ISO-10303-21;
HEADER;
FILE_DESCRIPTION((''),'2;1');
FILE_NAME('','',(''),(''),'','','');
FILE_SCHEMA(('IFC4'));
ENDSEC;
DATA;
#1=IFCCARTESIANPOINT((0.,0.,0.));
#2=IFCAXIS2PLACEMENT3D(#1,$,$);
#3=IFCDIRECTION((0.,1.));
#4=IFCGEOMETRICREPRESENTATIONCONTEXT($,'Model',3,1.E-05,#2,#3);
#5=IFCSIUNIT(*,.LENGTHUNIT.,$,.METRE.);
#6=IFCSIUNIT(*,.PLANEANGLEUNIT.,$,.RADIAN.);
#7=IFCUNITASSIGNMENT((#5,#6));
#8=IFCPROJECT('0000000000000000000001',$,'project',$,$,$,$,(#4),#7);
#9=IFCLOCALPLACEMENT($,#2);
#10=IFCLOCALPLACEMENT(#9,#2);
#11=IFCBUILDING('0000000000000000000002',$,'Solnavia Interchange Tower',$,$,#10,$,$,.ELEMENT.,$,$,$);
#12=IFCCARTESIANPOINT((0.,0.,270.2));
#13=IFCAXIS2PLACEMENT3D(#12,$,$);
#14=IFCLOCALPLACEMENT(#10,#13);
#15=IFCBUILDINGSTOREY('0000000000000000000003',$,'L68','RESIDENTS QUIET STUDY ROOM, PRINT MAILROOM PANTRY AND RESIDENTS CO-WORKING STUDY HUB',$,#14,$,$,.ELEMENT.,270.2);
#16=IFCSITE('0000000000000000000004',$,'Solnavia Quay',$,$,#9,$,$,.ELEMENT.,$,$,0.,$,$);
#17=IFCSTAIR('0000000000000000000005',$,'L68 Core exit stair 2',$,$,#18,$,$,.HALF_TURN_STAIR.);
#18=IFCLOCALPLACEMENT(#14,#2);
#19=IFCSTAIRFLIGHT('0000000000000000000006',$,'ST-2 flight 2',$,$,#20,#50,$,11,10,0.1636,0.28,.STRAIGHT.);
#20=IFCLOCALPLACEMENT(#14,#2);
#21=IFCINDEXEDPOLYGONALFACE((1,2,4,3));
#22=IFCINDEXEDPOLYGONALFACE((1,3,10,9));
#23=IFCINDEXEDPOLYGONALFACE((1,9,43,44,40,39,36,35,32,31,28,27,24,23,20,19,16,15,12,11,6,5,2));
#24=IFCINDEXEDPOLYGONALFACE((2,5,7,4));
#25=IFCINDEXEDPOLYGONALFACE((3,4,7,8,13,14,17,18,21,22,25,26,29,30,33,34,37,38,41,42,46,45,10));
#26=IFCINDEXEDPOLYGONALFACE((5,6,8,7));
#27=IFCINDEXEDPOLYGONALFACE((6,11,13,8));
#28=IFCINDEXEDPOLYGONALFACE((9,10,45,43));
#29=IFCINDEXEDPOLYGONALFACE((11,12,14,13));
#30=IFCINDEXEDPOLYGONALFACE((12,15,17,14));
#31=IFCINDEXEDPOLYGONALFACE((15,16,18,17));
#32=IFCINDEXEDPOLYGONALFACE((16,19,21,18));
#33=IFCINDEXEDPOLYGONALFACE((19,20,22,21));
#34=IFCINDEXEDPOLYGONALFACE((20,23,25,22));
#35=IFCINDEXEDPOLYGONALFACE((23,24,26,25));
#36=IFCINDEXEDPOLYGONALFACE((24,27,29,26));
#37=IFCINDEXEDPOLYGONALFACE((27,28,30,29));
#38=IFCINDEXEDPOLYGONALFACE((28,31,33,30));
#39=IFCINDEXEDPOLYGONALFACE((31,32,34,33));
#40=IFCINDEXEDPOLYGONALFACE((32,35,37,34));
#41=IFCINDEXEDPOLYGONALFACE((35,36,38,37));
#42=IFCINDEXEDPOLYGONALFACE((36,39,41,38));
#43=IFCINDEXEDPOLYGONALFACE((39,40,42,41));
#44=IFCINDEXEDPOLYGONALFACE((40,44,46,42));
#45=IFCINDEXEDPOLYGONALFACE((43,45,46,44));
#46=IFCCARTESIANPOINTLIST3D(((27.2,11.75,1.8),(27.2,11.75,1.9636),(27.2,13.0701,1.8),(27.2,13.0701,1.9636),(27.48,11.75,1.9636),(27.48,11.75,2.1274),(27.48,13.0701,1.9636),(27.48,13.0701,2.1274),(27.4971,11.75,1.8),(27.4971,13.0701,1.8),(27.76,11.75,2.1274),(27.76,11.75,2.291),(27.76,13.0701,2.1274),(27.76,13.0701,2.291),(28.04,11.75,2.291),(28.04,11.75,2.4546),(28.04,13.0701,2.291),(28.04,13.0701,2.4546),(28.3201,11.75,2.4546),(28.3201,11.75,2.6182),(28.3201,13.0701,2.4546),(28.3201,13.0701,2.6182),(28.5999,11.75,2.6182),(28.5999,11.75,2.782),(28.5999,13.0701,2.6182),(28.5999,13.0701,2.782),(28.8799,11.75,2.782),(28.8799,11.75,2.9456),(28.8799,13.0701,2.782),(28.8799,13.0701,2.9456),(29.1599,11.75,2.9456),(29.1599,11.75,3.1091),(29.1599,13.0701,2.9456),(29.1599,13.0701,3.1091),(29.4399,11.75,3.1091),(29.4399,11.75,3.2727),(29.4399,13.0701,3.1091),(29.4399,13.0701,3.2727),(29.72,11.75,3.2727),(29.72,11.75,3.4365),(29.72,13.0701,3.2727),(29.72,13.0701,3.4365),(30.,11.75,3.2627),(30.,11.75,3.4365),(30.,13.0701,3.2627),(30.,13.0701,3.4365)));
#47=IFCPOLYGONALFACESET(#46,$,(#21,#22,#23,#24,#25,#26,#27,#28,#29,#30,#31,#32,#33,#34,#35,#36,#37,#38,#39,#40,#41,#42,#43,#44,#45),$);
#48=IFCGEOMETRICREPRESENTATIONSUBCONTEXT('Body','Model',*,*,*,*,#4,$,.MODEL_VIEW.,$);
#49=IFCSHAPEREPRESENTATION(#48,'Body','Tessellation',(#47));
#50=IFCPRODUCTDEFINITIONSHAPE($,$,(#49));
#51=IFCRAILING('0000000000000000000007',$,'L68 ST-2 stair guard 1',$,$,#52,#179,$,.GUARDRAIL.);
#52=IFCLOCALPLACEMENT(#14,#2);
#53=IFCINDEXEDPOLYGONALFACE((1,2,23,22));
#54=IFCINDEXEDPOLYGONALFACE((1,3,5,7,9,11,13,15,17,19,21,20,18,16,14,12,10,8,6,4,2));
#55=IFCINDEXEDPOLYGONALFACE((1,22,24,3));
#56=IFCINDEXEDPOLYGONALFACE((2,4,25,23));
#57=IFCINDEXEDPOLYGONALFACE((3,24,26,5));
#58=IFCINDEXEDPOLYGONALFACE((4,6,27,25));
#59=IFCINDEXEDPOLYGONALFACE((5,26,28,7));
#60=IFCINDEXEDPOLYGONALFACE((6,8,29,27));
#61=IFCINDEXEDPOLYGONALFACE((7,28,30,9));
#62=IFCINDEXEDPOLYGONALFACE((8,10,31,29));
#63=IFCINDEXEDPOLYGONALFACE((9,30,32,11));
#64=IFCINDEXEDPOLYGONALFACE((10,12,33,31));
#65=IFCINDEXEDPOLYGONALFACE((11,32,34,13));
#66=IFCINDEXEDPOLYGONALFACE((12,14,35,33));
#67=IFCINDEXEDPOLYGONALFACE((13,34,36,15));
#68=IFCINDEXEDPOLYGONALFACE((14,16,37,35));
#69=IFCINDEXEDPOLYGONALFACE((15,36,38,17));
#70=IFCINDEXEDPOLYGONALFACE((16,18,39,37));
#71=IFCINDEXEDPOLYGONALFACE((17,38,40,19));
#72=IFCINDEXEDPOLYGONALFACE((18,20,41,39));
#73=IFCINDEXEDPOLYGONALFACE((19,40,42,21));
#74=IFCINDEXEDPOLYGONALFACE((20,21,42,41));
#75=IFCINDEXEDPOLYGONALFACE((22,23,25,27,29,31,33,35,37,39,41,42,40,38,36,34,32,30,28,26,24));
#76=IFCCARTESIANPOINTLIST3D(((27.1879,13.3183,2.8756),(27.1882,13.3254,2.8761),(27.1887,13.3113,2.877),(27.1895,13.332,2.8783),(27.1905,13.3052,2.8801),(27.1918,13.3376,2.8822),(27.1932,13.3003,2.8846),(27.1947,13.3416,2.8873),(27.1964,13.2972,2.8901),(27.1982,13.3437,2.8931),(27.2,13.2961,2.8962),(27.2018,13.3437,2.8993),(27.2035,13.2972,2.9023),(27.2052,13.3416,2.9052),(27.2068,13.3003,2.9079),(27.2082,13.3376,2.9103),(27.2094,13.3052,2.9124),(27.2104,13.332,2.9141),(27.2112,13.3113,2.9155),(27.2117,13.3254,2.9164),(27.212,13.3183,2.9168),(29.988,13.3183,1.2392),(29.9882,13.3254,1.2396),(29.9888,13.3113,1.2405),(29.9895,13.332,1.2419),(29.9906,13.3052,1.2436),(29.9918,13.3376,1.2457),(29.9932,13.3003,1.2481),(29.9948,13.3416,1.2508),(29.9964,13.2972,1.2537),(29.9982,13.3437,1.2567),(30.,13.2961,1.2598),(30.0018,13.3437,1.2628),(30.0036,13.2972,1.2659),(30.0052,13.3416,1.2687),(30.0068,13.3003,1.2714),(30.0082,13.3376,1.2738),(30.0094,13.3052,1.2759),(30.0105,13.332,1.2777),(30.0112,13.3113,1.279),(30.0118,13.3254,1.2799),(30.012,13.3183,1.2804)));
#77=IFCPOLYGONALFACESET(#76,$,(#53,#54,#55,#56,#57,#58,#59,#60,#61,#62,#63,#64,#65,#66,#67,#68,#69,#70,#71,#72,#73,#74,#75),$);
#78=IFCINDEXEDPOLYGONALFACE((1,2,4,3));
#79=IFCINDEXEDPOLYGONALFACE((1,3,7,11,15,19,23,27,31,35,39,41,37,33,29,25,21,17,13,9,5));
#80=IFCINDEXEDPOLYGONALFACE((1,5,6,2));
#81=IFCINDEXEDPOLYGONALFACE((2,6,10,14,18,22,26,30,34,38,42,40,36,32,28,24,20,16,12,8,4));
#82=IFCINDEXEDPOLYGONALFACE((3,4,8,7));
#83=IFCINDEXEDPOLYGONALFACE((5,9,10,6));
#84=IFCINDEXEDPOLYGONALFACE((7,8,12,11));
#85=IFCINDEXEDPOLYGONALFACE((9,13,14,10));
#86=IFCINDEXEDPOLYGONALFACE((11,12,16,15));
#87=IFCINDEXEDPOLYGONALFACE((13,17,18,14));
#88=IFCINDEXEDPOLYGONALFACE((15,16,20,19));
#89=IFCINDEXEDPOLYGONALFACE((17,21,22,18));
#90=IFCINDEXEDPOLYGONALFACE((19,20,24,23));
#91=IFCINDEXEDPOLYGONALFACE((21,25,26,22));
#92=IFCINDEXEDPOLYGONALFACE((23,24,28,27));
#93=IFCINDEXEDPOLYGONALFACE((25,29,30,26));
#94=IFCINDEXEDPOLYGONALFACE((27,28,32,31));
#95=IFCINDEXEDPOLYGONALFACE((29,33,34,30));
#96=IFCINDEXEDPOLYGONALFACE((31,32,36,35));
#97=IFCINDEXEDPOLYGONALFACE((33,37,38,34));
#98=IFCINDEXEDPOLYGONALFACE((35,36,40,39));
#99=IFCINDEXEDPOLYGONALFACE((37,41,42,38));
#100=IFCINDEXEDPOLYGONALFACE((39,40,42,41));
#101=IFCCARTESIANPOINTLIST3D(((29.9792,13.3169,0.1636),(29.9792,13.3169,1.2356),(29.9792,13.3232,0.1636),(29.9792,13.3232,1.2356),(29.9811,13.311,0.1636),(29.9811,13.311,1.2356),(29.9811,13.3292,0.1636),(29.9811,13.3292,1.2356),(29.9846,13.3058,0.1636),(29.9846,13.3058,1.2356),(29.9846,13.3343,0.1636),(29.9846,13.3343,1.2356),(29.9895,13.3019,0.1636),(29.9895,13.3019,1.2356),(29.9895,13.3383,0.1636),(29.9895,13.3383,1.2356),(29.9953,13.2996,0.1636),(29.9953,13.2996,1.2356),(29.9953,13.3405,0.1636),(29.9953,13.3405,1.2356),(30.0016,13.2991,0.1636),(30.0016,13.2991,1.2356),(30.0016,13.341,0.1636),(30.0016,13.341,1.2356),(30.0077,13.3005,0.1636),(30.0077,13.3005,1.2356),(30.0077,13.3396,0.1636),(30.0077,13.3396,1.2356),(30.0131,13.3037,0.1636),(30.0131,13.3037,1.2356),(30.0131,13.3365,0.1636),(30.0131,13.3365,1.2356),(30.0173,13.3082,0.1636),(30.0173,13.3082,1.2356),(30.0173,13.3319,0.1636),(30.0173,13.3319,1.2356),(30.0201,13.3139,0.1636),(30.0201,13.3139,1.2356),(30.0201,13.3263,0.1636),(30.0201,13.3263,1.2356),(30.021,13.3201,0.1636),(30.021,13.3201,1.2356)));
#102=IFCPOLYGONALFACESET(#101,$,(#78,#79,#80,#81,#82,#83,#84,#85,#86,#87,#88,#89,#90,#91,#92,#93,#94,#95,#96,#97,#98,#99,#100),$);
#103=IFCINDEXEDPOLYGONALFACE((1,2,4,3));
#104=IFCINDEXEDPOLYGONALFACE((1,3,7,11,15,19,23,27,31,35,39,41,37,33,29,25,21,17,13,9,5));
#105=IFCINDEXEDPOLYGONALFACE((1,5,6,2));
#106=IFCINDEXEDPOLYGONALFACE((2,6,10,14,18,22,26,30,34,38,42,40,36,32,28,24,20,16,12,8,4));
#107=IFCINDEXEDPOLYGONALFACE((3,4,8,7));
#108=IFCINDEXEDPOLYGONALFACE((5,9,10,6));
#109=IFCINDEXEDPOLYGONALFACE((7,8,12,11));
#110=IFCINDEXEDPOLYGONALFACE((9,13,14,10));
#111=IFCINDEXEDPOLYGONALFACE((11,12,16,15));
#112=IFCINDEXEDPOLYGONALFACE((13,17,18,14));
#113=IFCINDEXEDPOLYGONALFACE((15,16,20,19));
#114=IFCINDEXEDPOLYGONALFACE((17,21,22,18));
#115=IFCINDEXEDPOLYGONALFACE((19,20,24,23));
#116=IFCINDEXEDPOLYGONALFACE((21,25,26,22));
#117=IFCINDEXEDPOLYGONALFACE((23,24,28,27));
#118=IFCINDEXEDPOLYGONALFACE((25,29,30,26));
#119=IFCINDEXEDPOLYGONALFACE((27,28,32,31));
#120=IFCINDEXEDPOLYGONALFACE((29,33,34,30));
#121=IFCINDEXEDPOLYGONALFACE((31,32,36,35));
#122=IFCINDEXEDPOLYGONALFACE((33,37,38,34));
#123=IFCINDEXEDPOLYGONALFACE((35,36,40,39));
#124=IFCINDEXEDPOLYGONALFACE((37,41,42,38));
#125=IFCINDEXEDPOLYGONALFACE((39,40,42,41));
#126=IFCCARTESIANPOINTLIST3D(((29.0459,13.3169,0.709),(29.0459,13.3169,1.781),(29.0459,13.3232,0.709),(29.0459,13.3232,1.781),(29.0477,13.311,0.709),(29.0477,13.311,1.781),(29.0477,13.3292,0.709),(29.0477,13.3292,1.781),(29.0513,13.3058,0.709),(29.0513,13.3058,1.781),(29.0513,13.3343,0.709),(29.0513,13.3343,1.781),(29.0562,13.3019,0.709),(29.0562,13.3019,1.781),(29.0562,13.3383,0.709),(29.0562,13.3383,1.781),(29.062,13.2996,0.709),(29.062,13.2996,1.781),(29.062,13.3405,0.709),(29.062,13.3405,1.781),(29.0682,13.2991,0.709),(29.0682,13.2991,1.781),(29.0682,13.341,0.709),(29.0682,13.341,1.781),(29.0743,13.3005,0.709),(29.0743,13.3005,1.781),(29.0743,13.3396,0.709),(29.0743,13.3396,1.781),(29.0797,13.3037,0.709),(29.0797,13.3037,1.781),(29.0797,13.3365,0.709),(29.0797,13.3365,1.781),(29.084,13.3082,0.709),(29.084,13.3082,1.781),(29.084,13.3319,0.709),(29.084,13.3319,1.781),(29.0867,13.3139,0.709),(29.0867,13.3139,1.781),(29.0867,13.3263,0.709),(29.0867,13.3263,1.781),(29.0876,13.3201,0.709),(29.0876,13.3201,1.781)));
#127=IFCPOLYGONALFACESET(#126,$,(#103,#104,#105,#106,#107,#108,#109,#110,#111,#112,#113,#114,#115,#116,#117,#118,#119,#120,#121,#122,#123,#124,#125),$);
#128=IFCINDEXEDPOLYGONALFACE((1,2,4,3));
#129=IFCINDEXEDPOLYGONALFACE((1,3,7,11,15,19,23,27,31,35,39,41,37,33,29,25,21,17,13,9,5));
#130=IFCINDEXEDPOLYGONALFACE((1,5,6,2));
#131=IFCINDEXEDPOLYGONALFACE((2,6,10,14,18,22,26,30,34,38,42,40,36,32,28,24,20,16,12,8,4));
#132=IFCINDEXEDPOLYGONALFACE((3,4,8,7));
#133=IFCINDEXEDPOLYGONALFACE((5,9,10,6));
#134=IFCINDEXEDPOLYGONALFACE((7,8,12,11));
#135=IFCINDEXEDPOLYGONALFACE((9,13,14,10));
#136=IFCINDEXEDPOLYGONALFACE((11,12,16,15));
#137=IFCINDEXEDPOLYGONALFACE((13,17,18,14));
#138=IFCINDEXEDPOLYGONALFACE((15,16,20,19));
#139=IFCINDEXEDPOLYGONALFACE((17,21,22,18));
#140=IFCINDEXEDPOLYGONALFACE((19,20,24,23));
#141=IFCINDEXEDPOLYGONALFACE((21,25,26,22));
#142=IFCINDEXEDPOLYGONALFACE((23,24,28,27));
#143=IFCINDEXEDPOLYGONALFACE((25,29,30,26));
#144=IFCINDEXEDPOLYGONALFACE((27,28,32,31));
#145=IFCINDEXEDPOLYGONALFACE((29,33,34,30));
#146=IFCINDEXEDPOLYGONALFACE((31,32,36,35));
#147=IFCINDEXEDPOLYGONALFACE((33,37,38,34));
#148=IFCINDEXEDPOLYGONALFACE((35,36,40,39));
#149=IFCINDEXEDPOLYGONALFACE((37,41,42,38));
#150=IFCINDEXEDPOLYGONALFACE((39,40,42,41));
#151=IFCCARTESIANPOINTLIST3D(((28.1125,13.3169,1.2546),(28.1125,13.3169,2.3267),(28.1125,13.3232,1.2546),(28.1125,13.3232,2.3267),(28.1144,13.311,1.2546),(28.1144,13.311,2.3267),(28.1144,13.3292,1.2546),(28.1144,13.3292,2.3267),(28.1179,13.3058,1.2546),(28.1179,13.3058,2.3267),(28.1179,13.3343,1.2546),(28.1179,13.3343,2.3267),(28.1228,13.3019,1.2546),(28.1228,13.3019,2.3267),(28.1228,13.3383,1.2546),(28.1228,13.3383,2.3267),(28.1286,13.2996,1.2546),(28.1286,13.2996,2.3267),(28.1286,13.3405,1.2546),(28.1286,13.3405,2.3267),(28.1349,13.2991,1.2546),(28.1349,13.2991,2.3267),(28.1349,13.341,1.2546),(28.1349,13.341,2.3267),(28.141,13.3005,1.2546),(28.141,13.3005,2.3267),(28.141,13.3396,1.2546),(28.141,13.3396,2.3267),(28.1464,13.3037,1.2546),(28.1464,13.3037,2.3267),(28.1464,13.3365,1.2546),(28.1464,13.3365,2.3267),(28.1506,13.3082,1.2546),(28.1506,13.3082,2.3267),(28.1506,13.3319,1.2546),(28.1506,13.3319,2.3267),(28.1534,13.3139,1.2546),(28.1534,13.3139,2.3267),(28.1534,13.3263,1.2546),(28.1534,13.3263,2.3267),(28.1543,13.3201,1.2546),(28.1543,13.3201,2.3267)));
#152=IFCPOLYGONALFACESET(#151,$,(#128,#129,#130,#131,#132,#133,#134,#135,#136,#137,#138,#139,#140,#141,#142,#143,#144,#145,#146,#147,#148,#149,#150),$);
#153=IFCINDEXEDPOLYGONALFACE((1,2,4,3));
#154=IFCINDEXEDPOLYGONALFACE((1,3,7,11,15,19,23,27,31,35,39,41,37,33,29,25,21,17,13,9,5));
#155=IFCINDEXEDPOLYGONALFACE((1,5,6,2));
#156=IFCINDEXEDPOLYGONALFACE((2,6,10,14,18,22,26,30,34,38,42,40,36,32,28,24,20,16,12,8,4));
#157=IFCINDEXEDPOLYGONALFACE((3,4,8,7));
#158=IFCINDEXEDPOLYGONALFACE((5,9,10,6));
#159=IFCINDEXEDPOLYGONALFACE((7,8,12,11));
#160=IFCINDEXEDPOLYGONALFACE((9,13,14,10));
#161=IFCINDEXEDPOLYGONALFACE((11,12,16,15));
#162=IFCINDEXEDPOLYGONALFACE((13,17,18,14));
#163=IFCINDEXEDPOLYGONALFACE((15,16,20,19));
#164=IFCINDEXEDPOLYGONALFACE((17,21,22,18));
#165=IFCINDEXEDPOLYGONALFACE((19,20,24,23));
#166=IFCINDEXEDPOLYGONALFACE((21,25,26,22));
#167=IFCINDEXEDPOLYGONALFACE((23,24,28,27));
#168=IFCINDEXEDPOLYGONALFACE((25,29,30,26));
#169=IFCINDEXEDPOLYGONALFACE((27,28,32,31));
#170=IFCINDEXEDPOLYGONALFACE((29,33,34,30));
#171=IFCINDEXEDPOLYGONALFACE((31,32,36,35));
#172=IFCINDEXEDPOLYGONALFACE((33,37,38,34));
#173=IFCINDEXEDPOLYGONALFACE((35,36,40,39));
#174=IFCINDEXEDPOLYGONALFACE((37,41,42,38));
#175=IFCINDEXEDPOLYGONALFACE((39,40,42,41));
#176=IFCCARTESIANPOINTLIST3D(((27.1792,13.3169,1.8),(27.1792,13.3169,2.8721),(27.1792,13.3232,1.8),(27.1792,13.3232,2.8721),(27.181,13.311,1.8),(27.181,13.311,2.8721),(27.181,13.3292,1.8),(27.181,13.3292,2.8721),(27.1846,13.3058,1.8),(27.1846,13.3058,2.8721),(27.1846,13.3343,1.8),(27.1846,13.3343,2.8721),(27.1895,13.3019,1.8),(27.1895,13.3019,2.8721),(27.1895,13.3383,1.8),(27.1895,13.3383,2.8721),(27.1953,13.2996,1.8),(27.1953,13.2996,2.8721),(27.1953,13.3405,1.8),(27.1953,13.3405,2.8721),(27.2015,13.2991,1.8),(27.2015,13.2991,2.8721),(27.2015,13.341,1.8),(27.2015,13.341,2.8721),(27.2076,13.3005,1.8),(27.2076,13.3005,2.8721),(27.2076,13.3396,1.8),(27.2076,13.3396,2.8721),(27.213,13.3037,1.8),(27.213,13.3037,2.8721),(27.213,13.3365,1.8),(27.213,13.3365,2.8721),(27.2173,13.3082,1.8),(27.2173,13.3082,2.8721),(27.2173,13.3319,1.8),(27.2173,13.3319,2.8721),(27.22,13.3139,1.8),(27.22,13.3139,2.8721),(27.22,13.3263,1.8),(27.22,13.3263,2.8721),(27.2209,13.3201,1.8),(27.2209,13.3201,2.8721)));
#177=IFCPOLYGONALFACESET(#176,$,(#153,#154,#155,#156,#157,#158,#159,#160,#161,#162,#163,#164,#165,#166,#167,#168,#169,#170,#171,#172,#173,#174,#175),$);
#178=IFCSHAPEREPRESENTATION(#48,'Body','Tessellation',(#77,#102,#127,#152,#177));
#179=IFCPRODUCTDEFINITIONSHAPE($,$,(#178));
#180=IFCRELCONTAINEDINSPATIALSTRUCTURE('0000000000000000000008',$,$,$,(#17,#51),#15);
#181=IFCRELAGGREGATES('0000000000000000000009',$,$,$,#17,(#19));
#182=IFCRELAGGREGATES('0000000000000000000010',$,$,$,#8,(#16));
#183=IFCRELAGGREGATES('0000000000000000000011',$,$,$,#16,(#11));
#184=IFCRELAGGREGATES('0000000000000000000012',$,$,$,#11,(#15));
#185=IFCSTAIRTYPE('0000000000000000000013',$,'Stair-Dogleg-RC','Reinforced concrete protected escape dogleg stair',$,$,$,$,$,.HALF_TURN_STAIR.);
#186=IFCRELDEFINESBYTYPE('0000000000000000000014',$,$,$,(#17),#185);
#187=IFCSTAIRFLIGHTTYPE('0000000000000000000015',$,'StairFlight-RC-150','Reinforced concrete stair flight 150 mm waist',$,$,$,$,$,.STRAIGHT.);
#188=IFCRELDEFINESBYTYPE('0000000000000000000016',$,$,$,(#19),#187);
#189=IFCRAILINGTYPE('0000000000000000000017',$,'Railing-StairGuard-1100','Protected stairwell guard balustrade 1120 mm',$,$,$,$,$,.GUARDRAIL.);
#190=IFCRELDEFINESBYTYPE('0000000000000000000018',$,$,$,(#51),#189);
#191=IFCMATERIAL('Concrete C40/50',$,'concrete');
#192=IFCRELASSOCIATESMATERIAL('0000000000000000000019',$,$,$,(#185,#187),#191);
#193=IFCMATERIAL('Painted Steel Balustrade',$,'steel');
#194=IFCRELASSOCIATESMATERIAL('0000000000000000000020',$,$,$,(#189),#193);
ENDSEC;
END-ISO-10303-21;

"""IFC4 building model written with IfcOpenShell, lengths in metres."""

from ifc_helpers import new_model, si_unit, direction, frame, origin, origin_2d, place, context, subcontext, project, spatial, polyline, circle, outline, extrude, material, type_object, element, aggregate, save


model = new_model("IFC4")

# Units and contexts
model_context = context("Model", 3, precision=1e-05, world=origin(), true_north=direction((0.0, 1.0)))
body_context = subcontext(model_context, "Body", "Model", "MODEL_VIEW")
ifc_project = project(units=[si_unit("LENGTHUNIT", "METRE"), si_unit("PLANEANGLEUNIT", "RADIAN")], contexts=[model_context])

# Site, building, storey
site_placement = place(None, origin())
site = spatial("IfcSite", under=ifc_project, at=site_placement, Name="Solnavia Quay", CompositionType="ELEMENT", RefElevation=0.0)
building_placement = place(site_placement, origin())
building = spatial("IfcBuilding", under=site, at=building_placement, Name="Solnavia Interchange Tower", CompositionType="ELEMENT")
storey_placement = place(building_placement, frame((0.0, 0.0, 270.2)))
storey = spatial("IfcBuildingStorey", under=building, at=storey_placement, Name="L68", Description="RESIDENTS QUIET STUDY ROOM, PRINT MAILROOM PANTRY AND RESIDENTS CO-WORKING STUDY HUB", CompositionType="ELEMENT", Elevation=270.2)

# Shared definitions
ifc_material_1 = material(Name="Concrete C40/50", Category="concrete")

# Stair, stair flight
stair_type = type_object("IfcStairType", Name="Stair-Dogleg-RC", Description="Reinforced concrete protected escape dogleg stair", PredefinedType="HALF_TURN_STAIR", material=ifc_material_1)
stair_placement = place(storey_placement, origin())
stair = element("IfcStair", 1, at=stair_placement, inside=storey, type_object=stair_type, Name="L68 Core exit stair 2", PredefinedType="HALF_TURN_STAIR")
stair_flight_type = type_object("IfcStairFlightType", Name="StairFlight-RC-150", Description="Reinforced concrete stair flight 150 mm waist", PredefinedType="STRAIGHT", material=ifc_material_1)
stair_flight_1_placement = place(storey_placement, frame((27.2, 12.4099, 1.8), z_axis=(0.0, 0.0, 1.0), x_axis=(1.0, 0.0, 0.0)))
stair_flight_1 = element("IfcStairFlight", 2, at=stair_flight_1_placement, type_object=stair_flight_type, Name="ST-2 flight 2", NumberOfRisers=11, NumberOfTreads=10, PredefinedType="STRAIGHT", RiserHeight=0.1636, TreadLength=0.28, context=body_context, shape_type="SweptSolid", body=[
    extrude(outline(polyline([(0.0, 0.0), (0.0, 0.1636), (0.28, 0.1636), (0.28, 0.3274), (0.5601, 0.3274), (0.5601, 0.491), (0.8401, 0.491), (0.8401, 0.6545), (1.1201, 0.6545), (1.1201, 0.8181), (1.3999, 0.8181), (1.3999, 0.9819), (1.6799, 0.9819), (1.6799, 1.1455), (1.96, 1.1455), (1.96, 1.3091), (2.24, 1.3091), (2.24, 1.4727), (2.52, 1.4727), (2.52, 1.6365), (2.8, 1.6365), (2.8, 1.8), (2.8, 1.4626), (0.2971, 0.0), (0.0, 0.0)])), frame((0.0, 0.6602, 0.0), z_axis=(0.0, -1.0, 0.0), x_axis=(1.0, 0.0, 0.0)), (0.0, 0.0, 1.0), 1.3201),
])
aggregate(stair, [stair_flight_1])

# Railing
ifc_material_2 = material(Name="Painted Steel Balustrade", Category="steel")
railing_type_1 = type_object("IfcRailingType", Name="Railing-StairGuard-1100", Description="Protected stairwell guard balustrade 1120 mm", PredefinedType="GUARDRAIL", material=ifc_material_2)
railing_1_placement = place(storey_placement, frame((30.0, 13.3201, 0.1636)))
element("IfcRailing", 3, at=railing_1_placement, inside=storey, type_object=railing_type_1, Name="L68 ST-2 stair guard 1", PredefinedType="GUARDRAIL", context=body_context, shape_type="SweptSolid", body=[
    extrude(circle(Radius=0.0239, at=origin_2d()), frame((0.0, 0.0, 1.0962), z_axis=(-0.863361, 0.0, 0.504587), x_axis=(0.0, -1.0, 0.0)), (0.0, 0.0, 1.0), 3.2432),
    extrude(circle(Radius=0.021, at=origin_2d()), origin(), (0.0, 0.0, 1.0), 1.072),
    extrude(circle(Radius=0.021, at=origin_2d()), frame((-0.9333, 0.0, 0.5454)), (0.0, 0.0, 1.0), 1.072),
    extrude(circle(Radius=0.021, at=origin_2d()), frame((-1.8667, 0.0, 1.0911)), (0.0, 0.0, 1.0), 1.072),
    extrude(circle(Radius=0.021, at=origin_2d()), frame((-2.8, 0.0, 1.6365)), (0.0, 0.0, 1.0), 1.072),
])

save(model, "model.ifc")
